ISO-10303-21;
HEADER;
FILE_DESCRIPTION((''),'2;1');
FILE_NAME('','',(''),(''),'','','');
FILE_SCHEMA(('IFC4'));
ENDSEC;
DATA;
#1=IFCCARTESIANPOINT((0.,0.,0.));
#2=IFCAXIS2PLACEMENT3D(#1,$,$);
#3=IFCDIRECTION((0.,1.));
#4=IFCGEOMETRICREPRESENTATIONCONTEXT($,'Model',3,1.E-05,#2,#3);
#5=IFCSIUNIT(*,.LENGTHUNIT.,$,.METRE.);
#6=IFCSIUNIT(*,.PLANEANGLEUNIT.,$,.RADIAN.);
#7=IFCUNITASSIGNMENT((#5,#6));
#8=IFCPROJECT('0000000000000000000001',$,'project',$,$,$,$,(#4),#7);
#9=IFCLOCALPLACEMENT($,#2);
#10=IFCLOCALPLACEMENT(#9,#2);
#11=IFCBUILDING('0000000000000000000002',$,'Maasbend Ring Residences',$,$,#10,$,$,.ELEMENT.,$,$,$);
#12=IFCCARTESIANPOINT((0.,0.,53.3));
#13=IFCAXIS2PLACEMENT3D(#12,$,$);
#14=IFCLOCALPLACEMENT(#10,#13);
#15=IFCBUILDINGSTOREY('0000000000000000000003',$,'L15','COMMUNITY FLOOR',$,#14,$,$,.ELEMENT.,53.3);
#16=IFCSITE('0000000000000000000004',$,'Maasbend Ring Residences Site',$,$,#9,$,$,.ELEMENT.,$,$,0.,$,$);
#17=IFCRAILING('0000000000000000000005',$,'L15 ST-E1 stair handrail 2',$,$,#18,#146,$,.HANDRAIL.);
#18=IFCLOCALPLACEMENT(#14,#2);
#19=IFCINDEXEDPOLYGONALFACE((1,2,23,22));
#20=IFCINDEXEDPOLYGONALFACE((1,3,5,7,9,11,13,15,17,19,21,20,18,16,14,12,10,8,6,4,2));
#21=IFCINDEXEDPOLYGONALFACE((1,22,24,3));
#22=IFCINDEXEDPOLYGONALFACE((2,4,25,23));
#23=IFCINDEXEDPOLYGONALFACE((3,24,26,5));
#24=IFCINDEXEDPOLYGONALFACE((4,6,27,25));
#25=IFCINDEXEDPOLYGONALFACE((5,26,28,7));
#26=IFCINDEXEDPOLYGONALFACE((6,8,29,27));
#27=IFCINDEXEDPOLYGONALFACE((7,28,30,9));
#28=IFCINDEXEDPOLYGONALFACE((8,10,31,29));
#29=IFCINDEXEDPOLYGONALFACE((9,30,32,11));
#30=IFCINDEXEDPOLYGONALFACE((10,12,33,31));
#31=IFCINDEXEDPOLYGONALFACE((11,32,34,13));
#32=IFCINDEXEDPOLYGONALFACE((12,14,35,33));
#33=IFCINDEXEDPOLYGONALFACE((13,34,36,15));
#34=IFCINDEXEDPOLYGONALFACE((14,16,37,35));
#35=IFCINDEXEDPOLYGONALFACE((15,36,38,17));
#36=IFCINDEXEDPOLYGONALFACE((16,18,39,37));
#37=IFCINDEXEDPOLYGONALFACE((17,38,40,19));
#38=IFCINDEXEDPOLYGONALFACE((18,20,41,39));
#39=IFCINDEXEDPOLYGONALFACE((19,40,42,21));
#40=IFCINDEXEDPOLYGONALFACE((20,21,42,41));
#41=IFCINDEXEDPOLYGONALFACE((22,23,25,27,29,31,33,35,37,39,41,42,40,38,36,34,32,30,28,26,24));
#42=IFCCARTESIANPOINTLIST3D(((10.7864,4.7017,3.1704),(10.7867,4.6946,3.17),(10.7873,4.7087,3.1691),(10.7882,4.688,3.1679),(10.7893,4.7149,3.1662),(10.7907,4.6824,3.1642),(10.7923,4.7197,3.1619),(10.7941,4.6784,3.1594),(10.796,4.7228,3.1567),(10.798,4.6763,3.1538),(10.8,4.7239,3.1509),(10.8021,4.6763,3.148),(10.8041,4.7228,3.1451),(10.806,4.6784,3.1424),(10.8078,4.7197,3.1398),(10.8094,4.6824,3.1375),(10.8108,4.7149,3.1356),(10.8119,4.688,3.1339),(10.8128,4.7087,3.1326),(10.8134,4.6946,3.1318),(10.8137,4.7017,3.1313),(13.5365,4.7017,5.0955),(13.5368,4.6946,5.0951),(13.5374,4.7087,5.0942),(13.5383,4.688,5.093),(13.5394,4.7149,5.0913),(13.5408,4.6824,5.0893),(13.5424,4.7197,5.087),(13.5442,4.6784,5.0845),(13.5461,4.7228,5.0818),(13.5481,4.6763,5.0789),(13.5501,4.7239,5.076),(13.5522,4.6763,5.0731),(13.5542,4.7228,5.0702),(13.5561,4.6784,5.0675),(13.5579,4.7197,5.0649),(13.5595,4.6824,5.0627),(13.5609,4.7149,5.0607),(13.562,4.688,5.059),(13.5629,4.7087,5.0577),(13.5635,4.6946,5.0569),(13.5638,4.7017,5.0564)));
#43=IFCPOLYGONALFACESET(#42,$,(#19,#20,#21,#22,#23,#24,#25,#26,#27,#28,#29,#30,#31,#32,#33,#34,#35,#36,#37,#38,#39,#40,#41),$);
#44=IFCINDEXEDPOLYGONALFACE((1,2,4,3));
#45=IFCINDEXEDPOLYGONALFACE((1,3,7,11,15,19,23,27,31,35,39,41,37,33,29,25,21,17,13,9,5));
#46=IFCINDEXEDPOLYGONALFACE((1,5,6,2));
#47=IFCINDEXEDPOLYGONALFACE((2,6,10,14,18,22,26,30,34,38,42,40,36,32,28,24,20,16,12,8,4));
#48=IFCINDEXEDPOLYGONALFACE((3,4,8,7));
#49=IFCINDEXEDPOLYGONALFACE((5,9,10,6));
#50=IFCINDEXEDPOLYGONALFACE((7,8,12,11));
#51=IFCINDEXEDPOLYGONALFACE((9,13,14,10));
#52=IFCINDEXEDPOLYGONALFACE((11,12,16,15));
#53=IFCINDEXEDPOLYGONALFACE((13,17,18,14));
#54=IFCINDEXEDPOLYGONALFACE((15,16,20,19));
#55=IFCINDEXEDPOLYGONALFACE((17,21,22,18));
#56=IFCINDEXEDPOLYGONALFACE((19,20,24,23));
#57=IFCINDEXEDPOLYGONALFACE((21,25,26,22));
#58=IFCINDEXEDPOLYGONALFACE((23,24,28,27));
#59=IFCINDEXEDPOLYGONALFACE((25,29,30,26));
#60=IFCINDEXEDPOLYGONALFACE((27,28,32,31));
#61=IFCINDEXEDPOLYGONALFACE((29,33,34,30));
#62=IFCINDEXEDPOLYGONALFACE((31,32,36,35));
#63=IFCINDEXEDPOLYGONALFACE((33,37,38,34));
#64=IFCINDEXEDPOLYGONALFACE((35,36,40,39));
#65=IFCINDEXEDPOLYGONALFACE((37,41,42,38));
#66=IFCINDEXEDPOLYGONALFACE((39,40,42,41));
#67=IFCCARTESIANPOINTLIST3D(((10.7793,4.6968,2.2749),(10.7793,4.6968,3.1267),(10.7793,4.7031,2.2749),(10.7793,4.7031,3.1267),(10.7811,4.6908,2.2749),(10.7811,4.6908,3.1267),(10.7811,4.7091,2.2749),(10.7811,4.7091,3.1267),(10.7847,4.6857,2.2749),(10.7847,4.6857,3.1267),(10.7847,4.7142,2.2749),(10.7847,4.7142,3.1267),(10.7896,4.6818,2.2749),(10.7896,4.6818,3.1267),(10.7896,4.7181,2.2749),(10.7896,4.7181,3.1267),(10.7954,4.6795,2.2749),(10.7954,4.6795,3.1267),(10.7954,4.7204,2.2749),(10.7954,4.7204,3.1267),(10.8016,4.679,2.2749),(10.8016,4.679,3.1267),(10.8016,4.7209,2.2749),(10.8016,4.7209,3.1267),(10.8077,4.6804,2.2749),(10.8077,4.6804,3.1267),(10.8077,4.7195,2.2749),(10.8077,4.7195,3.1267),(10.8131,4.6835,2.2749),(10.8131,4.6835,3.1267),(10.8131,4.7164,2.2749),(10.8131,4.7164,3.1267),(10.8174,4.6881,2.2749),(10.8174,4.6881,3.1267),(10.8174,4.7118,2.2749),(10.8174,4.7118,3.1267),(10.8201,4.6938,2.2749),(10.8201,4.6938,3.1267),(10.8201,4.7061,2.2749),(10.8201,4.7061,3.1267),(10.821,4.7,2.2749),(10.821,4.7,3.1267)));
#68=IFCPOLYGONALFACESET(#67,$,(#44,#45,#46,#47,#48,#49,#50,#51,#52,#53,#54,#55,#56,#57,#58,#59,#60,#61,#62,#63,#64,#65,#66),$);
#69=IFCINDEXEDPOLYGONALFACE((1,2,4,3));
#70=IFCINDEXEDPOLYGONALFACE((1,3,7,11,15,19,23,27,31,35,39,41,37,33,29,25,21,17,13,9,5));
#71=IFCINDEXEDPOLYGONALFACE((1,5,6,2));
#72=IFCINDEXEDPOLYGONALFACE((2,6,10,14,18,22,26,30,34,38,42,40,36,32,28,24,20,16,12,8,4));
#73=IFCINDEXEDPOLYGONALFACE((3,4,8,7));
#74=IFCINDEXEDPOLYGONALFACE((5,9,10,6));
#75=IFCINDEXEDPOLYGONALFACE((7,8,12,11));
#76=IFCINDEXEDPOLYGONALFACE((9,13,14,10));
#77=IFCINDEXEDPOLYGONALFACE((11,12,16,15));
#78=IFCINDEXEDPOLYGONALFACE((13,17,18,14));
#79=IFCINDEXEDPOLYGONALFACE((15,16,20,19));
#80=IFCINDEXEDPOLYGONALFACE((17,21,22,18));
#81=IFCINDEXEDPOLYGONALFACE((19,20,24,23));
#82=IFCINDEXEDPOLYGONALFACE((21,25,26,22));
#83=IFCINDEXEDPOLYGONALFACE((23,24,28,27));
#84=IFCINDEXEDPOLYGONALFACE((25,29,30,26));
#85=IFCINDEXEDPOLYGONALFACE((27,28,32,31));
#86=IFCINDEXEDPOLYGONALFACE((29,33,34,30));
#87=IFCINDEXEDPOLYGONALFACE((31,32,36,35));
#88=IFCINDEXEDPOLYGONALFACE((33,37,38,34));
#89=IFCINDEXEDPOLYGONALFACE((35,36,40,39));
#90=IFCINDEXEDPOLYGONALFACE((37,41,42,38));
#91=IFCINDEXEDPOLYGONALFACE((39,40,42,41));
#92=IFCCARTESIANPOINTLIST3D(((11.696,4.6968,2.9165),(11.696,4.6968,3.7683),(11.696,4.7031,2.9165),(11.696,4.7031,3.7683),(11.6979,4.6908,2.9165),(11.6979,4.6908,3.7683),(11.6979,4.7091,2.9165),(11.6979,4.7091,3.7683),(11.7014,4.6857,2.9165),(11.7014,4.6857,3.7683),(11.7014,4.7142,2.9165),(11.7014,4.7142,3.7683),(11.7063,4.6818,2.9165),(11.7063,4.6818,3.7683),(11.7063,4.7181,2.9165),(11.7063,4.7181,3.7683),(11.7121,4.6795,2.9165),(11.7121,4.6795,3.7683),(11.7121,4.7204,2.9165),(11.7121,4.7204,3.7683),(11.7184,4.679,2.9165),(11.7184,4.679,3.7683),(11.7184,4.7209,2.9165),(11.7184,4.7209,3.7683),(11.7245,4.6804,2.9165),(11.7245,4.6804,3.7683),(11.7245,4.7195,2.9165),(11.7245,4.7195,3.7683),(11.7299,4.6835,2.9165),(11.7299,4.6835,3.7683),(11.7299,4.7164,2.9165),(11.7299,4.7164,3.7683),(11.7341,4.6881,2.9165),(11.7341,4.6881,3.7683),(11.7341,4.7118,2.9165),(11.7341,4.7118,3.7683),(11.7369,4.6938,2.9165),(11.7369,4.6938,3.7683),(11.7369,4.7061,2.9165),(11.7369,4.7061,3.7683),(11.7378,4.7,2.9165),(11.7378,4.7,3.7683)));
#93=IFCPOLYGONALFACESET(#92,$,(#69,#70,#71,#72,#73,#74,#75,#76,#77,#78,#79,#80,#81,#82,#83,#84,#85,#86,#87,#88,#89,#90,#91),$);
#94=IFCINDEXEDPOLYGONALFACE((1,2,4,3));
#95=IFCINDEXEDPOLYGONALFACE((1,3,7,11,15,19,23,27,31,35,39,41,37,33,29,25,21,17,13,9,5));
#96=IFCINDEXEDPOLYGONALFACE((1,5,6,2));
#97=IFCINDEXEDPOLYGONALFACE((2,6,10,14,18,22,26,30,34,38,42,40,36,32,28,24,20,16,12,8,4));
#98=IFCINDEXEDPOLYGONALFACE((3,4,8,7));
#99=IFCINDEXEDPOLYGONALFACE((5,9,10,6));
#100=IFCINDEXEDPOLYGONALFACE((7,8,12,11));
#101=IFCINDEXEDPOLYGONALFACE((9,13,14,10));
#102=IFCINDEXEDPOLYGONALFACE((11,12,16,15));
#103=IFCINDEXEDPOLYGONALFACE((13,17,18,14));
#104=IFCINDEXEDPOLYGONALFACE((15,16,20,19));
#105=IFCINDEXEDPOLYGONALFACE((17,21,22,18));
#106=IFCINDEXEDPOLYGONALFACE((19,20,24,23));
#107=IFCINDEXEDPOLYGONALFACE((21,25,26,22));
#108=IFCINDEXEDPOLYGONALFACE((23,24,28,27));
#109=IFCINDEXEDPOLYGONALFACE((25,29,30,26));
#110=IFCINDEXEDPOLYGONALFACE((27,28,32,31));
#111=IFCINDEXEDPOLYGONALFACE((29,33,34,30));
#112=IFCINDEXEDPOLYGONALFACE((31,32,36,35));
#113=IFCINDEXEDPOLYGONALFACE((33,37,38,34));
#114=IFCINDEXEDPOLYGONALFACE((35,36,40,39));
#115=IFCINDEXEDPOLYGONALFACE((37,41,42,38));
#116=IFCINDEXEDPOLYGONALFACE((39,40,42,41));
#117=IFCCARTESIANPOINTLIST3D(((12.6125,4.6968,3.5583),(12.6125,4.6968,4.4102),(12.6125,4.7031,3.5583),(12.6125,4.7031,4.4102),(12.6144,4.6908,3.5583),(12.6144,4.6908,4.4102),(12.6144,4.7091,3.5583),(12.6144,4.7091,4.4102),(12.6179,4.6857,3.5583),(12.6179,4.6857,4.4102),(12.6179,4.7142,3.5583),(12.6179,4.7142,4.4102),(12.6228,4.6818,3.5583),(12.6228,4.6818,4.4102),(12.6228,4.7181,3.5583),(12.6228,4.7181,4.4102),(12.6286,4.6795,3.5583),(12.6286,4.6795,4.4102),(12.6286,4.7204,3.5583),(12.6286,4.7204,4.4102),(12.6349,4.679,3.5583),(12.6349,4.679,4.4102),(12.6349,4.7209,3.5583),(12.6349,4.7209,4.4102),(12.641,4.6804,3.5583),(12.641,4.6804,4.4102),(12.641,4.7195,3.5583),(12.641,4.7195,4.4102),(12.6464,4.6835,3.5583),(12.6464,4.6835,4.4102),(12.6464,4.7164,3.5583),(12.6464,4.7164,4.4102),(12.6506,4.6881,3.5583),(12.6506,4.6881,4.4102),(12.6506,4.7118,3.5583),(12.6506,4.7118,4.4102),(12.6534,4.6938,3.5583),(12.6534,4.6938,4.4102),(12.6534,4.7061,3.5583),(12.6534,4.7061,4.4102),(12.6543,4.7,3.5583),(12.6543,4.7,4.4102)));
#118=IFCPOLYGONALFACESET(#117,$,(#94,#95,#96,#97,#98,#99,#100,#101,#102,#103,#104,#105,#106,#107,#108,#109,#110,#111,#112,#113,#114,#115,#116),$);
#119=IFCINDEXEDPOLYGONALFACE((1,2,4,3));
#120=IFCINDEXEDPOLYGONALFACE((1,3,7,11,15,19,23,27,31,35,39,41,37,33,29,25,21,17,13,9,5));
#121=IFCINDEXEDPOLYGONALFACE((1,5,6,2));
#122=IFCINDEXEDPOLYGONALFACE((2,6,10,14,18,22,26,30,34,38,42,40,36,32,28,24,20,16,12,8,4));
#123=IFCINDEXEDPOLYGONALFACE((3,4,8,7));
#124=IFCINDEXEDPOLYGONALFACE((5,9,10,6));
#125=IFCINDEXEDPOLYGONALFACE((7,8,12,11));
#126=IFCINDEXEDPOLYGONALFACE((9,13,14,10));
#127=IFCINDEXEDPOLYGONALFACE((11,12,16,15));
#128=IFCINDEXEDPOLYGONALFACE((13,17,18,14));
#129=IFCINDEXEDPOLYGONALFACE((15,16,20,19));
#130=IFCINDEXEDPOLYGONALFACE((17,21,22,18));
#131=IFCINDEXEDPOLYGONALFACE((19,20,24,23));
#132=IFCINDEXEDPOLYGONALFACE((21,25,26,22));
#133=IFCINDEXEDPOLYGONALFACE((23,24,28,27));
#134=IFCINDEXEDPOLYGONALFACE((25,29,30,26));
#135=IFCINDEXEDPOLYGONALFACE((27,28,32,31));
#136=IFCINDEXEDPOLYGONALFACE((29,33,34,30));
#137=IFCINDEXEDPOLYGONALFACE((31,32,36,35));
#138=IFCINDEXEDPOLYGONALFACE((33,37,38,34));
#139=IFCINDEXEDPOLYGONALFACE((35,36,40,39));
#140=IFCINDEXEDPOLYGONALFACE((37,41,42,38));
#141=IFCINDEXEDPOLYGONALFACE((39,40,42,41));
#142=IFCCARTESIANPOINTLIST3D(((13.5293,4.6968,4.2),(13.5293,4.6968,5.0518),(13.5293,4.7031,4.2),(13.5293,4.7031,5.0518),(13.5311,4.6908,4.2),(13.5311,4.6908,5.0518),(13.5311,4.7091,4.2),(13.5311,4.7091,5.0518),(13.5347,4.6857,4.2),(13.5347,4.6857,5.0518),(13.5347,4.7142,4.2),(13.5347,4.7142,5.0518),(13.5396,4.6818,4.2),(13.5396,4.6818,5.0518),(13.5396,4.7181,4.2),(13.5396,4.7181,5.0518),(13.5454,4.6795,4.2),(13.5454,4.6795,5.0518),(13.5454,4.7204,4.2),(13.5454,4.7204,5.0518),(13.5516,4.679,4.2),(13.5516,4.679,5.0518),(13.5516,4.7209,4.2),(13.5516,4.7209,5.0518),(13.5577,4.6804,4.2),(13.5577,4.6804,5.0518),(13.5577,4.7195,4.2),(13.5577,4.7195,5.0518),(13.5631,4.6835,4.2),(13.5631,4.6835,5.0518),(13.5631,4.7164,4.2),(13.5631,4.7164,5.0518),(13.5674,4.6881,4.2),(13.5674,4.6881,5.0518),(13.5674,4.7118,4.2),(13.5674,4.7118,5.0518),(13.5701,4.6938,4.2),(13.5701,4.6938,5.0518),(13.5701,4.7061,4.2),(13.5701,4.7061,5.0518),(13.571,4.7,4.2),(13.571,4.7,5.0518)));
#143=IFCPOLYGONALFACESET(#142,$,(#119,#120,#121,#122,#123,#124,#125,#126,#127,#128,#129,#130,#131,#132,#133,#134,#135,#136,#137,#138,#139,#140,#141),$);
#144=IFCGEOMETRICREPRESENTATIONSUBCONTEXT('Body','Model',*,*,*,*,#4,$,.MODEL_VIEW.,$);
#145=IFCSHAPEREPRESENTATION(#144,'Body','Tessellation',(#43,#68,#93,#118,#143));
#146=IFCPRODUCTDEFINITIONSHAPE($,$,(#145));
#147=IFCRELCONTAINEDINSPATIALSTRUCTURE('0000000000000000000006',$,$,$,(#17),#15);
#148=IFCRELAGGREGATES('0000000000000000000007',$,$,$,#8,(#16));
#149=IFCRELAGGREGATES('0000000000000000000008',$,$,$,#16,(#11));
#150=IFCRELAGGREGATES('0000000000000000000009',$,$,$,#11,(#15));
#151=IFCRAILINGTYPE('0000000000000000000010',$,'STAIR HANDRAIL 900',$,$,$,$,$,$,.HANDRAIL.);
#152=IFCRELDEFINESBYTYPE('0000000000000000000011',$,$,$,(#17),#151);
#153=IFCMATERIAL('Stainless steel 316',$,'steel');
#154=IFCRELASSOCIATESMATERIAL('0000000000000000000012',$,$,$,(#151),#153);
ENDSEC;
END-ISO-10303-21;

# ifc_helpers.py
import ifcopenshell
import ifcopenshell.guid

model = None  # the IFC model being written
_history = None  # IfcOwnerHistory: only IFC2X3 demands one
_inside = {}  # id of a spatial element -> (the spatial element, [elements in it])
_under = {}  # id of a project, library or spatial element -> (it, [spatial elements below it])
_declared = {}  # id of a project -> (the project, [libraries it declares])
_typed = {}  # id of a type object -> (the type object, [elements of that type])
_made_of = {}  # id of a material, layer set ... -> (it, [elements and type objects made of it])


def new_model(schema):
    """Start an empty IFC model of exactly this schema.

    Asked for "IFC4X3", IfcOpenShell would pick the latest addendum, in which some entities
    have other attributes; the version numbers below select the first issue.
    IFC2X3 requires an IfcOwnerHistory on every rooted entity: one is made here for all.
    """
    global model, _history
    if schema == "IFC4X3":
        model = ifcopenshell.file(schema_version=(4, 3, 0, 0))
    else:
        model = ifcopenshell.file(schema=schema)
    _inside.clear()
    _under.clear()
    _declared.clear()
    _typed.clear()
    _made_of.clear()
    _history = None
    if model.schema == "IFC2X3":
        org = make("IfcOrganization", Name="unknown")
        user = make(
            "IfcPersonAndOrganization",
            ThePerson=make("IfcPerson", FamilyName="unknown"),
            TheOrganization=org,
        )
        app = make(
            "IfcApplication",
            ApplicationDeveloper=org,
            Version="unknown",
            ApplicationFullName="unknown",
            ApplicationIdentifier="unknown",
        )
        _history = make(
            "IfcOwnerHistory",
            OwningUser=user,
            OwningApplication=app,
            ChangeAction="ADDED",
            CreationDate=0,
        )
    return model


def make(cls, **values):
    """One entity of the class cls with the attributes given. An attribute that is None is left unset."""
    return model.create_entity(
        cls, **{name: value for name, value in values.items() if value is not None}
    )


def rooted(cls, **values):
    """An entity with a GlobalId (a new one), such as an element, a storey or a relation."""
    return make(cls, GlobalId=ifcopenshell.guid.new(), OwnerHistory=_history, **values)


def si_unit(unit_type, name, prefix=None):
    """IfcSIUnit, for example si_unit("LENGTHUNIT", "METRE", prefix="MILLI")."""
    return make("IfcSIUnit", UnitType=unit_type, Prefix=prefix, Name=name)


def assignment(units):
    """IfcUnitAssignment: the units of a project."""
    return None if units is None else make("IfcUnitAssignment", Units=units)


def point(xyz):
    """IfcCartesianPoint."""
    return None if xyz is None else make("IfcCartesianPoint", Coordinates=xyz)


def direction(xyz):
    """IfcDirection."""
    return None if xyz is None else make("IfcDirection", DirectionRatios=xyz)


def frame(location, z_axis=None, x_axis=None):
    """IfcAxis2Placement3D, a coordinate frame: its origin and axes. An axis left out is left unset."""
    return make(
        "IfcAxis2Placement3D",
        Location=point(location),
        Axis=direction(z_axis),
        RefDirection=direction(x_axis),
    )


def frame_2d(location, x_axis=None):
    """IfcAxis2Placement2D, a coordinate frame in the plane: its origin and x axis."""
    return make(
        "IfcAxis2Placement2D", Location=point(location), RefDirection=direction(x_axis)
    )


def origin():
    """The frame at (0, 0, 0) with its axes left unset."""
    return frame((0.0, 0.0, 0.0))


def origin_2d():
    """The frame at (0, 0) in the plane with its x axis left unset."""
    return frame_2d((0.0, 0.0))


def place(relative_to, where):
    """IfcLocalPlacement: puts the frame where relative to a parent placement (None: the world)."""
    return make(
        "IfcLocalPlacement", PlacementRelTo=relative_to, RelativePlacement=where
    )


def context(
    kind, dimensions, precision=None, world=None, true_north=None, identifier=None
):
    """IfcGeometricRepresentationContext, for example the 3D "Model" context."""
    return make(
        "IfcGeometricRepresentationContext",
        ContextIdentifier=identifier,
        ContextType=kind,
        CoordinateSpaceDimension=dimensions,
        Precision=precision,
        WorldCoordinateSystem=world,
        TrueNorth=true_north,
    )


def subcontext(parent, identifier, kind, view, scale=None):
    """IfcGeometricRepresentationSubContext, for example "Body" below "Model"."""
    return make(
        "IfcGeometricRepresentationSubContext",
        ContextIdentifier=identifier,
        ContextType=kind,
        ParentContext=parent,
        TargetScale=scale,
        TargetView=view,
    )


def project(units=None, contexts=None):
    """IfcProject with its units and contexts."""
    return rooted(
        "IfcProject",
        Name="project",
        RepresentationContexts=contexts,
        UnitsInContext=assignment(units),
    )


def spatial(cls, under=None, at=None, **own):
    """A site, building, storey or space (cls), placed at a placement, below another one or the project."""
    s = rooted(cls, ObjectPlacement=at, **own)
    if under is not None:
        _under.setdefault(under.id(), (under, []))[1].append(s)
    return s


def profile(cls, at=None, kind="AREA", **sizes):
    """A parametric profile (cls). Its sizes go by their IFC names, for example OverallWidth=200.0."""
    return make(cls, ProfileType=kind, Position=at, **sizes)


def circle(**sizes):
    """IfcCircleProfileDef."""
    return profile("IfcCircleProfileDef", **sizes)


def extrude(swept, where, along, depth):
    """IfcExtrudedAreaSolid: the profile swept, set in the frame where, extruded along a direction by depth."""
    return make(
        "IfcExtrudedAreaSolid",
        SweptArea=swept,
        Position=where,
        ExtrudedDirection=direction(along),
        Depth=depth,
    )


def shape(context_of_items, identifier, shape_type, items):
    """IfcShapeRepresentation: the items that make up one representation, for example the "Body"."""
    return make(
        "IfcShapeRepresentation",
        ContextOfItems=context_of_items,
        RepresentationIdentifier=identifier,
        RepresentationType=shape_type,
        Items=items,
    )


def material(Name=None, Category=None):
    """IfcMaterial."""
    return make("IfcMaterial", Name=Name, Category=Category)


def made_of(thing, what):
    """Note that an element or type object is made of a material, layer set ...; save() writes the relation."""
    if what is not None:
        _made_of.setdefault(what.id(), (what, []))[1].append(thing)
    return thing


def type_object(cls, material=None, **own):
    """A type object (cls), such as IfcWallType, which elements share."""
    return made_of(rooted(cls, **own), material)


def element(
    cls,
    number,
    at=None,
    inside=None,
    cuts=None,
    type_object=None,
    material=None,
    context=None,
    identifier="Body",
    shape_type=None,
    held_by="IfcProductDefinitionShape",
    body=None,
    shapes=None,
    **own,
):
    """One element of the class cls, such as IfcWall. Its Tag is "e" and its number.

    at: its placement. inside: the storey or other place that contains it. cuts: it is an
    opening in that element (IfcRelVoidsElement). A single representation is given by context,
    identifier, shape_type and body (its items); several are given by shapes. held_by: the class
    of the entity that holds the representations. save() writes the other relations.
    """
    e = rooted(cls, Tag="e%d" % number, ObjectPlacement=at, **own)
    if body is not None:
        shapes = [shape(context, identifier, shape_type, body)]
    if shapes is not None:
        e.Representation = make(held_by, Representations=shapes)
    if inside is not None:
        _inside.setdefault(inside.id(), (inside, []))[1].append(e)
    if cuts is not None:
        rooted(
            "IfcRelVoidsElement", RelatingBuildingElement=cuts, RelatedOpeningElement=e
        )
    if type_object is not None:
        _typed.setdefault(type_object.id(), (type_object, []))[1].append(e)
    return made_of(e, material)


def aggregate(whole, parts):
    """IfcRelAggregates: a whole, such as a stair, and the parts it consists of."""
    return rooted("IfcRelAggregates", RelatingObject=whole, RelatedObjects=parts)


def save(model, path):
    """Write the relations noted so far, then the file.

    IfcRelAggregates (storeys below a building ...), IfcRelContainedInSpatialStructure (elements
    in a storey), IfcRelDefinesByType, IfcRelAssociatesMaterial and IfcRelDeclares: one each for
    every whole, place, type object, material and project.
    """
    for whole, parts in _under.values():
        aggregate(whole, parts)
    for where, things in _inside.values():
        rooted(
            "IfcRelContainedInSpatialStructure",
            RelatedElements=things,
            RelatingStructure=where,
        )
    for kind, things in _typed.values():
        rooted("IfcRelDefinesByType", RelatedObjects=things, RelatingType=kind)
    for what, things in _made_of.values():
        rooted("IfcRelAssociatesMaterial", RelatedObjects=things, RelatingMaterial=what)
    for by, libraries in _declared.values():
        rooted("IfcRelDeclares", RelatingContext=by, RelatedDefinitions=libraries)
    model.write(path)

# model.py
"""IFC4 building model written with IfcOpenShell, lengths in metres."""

from ifc_helpers import new_model, si_unit, direction, frame, origin, origin_2d, place, context, subcontext, project, spatial, circle, extrude, material, type_object, element, save


model = new_model("IFC4")

# Units and contexts
model_context = context("Model", 3, precision=1e-05, world=origin(), true_north=direction((0.0, 1.0)))
body_context = subcontext(model_context, "Body", "Model", "MODEL_VIEW")
ifc_project = project(units=[si_unit("LENGTHUNIT", "METRE"), si_unit("PLANEANGLEUNIT", "RADIAN")], contexts=[model_context])

# Site, building, storey
site_placement = place(None, origin())
site = spatial("IfcSite", under=ifc_project, at=site_placement, Name="Maasbend Ring Residences Site", CompositionType="ELEMENT", RefElevation=0.0)
building_placement = place(site_placement, origin())
building = spatial("IfcBuilding", under=site, at=building_placement, Name="Maasbend Ring Residences", CompositionType="ELEMENT")
storey_placement = place(building_placement, frame((0.0, 0.0, 53.3)))
storey = spatial("IfcBuildingStorey", under=building, at=storey_placement, Name="L15", Description="COMMUNITY FLOOR", CompositionType="ELEMENT", Elevation=53.3)

# Railing
ifc_material_1 = material(Name="Stainless steel 316", Category="steel")
railing_type_1 = type_object("IfcRailingType", Name="STAIR HANDRAIL 900", PredefinedType="HANDRAIL", material=ifc_material_1)
railing_1_placement = place(storey_placement, frame((10.8, 4.7, 2.2749)))
element("IfcRailing", 1, at=railing_1_placement, inside=storey, type_object=railing_type_1, Name="L15 ST-E1 stair handrail 2", PredefinedType="HANDRAIL", context=body_context, shape_type="SweptSolid", body=[
    extrude(circle(Radius=0.0239, at=origin_2d()), frame((0.0, 0.0, 0.876), z_axis=(0.819225, 0.0, 0.573472), x_axis=(0.0, 1.0, 0.0)), (0.0, 0.0, 1.0), 3.3569),
    extrude(circle(Radius=0.021, at=origin_2d()), origin(), (0.0, 0.0, 1.0), 0.8518),
    extrude(circle(Radius=0.021, at=origin_2d()), frame((0.9167, 0.0, 0.6416)), (0.0, 0.0, 1.0), 0.8518),
    extrude(circle(Radius=0.021, at=origin_2d()), frame((1.8333, 0.0, 1.2834)), (0.0, 0.0, 1.0), 0.8518),
    extrude(circle(Radius=0.021, at=origin_2d()), frame((2.75, 0.0, 1.925)), (0.0, 0.0, 1.0), 0.8518),
])

save(model, "model.ifc")
